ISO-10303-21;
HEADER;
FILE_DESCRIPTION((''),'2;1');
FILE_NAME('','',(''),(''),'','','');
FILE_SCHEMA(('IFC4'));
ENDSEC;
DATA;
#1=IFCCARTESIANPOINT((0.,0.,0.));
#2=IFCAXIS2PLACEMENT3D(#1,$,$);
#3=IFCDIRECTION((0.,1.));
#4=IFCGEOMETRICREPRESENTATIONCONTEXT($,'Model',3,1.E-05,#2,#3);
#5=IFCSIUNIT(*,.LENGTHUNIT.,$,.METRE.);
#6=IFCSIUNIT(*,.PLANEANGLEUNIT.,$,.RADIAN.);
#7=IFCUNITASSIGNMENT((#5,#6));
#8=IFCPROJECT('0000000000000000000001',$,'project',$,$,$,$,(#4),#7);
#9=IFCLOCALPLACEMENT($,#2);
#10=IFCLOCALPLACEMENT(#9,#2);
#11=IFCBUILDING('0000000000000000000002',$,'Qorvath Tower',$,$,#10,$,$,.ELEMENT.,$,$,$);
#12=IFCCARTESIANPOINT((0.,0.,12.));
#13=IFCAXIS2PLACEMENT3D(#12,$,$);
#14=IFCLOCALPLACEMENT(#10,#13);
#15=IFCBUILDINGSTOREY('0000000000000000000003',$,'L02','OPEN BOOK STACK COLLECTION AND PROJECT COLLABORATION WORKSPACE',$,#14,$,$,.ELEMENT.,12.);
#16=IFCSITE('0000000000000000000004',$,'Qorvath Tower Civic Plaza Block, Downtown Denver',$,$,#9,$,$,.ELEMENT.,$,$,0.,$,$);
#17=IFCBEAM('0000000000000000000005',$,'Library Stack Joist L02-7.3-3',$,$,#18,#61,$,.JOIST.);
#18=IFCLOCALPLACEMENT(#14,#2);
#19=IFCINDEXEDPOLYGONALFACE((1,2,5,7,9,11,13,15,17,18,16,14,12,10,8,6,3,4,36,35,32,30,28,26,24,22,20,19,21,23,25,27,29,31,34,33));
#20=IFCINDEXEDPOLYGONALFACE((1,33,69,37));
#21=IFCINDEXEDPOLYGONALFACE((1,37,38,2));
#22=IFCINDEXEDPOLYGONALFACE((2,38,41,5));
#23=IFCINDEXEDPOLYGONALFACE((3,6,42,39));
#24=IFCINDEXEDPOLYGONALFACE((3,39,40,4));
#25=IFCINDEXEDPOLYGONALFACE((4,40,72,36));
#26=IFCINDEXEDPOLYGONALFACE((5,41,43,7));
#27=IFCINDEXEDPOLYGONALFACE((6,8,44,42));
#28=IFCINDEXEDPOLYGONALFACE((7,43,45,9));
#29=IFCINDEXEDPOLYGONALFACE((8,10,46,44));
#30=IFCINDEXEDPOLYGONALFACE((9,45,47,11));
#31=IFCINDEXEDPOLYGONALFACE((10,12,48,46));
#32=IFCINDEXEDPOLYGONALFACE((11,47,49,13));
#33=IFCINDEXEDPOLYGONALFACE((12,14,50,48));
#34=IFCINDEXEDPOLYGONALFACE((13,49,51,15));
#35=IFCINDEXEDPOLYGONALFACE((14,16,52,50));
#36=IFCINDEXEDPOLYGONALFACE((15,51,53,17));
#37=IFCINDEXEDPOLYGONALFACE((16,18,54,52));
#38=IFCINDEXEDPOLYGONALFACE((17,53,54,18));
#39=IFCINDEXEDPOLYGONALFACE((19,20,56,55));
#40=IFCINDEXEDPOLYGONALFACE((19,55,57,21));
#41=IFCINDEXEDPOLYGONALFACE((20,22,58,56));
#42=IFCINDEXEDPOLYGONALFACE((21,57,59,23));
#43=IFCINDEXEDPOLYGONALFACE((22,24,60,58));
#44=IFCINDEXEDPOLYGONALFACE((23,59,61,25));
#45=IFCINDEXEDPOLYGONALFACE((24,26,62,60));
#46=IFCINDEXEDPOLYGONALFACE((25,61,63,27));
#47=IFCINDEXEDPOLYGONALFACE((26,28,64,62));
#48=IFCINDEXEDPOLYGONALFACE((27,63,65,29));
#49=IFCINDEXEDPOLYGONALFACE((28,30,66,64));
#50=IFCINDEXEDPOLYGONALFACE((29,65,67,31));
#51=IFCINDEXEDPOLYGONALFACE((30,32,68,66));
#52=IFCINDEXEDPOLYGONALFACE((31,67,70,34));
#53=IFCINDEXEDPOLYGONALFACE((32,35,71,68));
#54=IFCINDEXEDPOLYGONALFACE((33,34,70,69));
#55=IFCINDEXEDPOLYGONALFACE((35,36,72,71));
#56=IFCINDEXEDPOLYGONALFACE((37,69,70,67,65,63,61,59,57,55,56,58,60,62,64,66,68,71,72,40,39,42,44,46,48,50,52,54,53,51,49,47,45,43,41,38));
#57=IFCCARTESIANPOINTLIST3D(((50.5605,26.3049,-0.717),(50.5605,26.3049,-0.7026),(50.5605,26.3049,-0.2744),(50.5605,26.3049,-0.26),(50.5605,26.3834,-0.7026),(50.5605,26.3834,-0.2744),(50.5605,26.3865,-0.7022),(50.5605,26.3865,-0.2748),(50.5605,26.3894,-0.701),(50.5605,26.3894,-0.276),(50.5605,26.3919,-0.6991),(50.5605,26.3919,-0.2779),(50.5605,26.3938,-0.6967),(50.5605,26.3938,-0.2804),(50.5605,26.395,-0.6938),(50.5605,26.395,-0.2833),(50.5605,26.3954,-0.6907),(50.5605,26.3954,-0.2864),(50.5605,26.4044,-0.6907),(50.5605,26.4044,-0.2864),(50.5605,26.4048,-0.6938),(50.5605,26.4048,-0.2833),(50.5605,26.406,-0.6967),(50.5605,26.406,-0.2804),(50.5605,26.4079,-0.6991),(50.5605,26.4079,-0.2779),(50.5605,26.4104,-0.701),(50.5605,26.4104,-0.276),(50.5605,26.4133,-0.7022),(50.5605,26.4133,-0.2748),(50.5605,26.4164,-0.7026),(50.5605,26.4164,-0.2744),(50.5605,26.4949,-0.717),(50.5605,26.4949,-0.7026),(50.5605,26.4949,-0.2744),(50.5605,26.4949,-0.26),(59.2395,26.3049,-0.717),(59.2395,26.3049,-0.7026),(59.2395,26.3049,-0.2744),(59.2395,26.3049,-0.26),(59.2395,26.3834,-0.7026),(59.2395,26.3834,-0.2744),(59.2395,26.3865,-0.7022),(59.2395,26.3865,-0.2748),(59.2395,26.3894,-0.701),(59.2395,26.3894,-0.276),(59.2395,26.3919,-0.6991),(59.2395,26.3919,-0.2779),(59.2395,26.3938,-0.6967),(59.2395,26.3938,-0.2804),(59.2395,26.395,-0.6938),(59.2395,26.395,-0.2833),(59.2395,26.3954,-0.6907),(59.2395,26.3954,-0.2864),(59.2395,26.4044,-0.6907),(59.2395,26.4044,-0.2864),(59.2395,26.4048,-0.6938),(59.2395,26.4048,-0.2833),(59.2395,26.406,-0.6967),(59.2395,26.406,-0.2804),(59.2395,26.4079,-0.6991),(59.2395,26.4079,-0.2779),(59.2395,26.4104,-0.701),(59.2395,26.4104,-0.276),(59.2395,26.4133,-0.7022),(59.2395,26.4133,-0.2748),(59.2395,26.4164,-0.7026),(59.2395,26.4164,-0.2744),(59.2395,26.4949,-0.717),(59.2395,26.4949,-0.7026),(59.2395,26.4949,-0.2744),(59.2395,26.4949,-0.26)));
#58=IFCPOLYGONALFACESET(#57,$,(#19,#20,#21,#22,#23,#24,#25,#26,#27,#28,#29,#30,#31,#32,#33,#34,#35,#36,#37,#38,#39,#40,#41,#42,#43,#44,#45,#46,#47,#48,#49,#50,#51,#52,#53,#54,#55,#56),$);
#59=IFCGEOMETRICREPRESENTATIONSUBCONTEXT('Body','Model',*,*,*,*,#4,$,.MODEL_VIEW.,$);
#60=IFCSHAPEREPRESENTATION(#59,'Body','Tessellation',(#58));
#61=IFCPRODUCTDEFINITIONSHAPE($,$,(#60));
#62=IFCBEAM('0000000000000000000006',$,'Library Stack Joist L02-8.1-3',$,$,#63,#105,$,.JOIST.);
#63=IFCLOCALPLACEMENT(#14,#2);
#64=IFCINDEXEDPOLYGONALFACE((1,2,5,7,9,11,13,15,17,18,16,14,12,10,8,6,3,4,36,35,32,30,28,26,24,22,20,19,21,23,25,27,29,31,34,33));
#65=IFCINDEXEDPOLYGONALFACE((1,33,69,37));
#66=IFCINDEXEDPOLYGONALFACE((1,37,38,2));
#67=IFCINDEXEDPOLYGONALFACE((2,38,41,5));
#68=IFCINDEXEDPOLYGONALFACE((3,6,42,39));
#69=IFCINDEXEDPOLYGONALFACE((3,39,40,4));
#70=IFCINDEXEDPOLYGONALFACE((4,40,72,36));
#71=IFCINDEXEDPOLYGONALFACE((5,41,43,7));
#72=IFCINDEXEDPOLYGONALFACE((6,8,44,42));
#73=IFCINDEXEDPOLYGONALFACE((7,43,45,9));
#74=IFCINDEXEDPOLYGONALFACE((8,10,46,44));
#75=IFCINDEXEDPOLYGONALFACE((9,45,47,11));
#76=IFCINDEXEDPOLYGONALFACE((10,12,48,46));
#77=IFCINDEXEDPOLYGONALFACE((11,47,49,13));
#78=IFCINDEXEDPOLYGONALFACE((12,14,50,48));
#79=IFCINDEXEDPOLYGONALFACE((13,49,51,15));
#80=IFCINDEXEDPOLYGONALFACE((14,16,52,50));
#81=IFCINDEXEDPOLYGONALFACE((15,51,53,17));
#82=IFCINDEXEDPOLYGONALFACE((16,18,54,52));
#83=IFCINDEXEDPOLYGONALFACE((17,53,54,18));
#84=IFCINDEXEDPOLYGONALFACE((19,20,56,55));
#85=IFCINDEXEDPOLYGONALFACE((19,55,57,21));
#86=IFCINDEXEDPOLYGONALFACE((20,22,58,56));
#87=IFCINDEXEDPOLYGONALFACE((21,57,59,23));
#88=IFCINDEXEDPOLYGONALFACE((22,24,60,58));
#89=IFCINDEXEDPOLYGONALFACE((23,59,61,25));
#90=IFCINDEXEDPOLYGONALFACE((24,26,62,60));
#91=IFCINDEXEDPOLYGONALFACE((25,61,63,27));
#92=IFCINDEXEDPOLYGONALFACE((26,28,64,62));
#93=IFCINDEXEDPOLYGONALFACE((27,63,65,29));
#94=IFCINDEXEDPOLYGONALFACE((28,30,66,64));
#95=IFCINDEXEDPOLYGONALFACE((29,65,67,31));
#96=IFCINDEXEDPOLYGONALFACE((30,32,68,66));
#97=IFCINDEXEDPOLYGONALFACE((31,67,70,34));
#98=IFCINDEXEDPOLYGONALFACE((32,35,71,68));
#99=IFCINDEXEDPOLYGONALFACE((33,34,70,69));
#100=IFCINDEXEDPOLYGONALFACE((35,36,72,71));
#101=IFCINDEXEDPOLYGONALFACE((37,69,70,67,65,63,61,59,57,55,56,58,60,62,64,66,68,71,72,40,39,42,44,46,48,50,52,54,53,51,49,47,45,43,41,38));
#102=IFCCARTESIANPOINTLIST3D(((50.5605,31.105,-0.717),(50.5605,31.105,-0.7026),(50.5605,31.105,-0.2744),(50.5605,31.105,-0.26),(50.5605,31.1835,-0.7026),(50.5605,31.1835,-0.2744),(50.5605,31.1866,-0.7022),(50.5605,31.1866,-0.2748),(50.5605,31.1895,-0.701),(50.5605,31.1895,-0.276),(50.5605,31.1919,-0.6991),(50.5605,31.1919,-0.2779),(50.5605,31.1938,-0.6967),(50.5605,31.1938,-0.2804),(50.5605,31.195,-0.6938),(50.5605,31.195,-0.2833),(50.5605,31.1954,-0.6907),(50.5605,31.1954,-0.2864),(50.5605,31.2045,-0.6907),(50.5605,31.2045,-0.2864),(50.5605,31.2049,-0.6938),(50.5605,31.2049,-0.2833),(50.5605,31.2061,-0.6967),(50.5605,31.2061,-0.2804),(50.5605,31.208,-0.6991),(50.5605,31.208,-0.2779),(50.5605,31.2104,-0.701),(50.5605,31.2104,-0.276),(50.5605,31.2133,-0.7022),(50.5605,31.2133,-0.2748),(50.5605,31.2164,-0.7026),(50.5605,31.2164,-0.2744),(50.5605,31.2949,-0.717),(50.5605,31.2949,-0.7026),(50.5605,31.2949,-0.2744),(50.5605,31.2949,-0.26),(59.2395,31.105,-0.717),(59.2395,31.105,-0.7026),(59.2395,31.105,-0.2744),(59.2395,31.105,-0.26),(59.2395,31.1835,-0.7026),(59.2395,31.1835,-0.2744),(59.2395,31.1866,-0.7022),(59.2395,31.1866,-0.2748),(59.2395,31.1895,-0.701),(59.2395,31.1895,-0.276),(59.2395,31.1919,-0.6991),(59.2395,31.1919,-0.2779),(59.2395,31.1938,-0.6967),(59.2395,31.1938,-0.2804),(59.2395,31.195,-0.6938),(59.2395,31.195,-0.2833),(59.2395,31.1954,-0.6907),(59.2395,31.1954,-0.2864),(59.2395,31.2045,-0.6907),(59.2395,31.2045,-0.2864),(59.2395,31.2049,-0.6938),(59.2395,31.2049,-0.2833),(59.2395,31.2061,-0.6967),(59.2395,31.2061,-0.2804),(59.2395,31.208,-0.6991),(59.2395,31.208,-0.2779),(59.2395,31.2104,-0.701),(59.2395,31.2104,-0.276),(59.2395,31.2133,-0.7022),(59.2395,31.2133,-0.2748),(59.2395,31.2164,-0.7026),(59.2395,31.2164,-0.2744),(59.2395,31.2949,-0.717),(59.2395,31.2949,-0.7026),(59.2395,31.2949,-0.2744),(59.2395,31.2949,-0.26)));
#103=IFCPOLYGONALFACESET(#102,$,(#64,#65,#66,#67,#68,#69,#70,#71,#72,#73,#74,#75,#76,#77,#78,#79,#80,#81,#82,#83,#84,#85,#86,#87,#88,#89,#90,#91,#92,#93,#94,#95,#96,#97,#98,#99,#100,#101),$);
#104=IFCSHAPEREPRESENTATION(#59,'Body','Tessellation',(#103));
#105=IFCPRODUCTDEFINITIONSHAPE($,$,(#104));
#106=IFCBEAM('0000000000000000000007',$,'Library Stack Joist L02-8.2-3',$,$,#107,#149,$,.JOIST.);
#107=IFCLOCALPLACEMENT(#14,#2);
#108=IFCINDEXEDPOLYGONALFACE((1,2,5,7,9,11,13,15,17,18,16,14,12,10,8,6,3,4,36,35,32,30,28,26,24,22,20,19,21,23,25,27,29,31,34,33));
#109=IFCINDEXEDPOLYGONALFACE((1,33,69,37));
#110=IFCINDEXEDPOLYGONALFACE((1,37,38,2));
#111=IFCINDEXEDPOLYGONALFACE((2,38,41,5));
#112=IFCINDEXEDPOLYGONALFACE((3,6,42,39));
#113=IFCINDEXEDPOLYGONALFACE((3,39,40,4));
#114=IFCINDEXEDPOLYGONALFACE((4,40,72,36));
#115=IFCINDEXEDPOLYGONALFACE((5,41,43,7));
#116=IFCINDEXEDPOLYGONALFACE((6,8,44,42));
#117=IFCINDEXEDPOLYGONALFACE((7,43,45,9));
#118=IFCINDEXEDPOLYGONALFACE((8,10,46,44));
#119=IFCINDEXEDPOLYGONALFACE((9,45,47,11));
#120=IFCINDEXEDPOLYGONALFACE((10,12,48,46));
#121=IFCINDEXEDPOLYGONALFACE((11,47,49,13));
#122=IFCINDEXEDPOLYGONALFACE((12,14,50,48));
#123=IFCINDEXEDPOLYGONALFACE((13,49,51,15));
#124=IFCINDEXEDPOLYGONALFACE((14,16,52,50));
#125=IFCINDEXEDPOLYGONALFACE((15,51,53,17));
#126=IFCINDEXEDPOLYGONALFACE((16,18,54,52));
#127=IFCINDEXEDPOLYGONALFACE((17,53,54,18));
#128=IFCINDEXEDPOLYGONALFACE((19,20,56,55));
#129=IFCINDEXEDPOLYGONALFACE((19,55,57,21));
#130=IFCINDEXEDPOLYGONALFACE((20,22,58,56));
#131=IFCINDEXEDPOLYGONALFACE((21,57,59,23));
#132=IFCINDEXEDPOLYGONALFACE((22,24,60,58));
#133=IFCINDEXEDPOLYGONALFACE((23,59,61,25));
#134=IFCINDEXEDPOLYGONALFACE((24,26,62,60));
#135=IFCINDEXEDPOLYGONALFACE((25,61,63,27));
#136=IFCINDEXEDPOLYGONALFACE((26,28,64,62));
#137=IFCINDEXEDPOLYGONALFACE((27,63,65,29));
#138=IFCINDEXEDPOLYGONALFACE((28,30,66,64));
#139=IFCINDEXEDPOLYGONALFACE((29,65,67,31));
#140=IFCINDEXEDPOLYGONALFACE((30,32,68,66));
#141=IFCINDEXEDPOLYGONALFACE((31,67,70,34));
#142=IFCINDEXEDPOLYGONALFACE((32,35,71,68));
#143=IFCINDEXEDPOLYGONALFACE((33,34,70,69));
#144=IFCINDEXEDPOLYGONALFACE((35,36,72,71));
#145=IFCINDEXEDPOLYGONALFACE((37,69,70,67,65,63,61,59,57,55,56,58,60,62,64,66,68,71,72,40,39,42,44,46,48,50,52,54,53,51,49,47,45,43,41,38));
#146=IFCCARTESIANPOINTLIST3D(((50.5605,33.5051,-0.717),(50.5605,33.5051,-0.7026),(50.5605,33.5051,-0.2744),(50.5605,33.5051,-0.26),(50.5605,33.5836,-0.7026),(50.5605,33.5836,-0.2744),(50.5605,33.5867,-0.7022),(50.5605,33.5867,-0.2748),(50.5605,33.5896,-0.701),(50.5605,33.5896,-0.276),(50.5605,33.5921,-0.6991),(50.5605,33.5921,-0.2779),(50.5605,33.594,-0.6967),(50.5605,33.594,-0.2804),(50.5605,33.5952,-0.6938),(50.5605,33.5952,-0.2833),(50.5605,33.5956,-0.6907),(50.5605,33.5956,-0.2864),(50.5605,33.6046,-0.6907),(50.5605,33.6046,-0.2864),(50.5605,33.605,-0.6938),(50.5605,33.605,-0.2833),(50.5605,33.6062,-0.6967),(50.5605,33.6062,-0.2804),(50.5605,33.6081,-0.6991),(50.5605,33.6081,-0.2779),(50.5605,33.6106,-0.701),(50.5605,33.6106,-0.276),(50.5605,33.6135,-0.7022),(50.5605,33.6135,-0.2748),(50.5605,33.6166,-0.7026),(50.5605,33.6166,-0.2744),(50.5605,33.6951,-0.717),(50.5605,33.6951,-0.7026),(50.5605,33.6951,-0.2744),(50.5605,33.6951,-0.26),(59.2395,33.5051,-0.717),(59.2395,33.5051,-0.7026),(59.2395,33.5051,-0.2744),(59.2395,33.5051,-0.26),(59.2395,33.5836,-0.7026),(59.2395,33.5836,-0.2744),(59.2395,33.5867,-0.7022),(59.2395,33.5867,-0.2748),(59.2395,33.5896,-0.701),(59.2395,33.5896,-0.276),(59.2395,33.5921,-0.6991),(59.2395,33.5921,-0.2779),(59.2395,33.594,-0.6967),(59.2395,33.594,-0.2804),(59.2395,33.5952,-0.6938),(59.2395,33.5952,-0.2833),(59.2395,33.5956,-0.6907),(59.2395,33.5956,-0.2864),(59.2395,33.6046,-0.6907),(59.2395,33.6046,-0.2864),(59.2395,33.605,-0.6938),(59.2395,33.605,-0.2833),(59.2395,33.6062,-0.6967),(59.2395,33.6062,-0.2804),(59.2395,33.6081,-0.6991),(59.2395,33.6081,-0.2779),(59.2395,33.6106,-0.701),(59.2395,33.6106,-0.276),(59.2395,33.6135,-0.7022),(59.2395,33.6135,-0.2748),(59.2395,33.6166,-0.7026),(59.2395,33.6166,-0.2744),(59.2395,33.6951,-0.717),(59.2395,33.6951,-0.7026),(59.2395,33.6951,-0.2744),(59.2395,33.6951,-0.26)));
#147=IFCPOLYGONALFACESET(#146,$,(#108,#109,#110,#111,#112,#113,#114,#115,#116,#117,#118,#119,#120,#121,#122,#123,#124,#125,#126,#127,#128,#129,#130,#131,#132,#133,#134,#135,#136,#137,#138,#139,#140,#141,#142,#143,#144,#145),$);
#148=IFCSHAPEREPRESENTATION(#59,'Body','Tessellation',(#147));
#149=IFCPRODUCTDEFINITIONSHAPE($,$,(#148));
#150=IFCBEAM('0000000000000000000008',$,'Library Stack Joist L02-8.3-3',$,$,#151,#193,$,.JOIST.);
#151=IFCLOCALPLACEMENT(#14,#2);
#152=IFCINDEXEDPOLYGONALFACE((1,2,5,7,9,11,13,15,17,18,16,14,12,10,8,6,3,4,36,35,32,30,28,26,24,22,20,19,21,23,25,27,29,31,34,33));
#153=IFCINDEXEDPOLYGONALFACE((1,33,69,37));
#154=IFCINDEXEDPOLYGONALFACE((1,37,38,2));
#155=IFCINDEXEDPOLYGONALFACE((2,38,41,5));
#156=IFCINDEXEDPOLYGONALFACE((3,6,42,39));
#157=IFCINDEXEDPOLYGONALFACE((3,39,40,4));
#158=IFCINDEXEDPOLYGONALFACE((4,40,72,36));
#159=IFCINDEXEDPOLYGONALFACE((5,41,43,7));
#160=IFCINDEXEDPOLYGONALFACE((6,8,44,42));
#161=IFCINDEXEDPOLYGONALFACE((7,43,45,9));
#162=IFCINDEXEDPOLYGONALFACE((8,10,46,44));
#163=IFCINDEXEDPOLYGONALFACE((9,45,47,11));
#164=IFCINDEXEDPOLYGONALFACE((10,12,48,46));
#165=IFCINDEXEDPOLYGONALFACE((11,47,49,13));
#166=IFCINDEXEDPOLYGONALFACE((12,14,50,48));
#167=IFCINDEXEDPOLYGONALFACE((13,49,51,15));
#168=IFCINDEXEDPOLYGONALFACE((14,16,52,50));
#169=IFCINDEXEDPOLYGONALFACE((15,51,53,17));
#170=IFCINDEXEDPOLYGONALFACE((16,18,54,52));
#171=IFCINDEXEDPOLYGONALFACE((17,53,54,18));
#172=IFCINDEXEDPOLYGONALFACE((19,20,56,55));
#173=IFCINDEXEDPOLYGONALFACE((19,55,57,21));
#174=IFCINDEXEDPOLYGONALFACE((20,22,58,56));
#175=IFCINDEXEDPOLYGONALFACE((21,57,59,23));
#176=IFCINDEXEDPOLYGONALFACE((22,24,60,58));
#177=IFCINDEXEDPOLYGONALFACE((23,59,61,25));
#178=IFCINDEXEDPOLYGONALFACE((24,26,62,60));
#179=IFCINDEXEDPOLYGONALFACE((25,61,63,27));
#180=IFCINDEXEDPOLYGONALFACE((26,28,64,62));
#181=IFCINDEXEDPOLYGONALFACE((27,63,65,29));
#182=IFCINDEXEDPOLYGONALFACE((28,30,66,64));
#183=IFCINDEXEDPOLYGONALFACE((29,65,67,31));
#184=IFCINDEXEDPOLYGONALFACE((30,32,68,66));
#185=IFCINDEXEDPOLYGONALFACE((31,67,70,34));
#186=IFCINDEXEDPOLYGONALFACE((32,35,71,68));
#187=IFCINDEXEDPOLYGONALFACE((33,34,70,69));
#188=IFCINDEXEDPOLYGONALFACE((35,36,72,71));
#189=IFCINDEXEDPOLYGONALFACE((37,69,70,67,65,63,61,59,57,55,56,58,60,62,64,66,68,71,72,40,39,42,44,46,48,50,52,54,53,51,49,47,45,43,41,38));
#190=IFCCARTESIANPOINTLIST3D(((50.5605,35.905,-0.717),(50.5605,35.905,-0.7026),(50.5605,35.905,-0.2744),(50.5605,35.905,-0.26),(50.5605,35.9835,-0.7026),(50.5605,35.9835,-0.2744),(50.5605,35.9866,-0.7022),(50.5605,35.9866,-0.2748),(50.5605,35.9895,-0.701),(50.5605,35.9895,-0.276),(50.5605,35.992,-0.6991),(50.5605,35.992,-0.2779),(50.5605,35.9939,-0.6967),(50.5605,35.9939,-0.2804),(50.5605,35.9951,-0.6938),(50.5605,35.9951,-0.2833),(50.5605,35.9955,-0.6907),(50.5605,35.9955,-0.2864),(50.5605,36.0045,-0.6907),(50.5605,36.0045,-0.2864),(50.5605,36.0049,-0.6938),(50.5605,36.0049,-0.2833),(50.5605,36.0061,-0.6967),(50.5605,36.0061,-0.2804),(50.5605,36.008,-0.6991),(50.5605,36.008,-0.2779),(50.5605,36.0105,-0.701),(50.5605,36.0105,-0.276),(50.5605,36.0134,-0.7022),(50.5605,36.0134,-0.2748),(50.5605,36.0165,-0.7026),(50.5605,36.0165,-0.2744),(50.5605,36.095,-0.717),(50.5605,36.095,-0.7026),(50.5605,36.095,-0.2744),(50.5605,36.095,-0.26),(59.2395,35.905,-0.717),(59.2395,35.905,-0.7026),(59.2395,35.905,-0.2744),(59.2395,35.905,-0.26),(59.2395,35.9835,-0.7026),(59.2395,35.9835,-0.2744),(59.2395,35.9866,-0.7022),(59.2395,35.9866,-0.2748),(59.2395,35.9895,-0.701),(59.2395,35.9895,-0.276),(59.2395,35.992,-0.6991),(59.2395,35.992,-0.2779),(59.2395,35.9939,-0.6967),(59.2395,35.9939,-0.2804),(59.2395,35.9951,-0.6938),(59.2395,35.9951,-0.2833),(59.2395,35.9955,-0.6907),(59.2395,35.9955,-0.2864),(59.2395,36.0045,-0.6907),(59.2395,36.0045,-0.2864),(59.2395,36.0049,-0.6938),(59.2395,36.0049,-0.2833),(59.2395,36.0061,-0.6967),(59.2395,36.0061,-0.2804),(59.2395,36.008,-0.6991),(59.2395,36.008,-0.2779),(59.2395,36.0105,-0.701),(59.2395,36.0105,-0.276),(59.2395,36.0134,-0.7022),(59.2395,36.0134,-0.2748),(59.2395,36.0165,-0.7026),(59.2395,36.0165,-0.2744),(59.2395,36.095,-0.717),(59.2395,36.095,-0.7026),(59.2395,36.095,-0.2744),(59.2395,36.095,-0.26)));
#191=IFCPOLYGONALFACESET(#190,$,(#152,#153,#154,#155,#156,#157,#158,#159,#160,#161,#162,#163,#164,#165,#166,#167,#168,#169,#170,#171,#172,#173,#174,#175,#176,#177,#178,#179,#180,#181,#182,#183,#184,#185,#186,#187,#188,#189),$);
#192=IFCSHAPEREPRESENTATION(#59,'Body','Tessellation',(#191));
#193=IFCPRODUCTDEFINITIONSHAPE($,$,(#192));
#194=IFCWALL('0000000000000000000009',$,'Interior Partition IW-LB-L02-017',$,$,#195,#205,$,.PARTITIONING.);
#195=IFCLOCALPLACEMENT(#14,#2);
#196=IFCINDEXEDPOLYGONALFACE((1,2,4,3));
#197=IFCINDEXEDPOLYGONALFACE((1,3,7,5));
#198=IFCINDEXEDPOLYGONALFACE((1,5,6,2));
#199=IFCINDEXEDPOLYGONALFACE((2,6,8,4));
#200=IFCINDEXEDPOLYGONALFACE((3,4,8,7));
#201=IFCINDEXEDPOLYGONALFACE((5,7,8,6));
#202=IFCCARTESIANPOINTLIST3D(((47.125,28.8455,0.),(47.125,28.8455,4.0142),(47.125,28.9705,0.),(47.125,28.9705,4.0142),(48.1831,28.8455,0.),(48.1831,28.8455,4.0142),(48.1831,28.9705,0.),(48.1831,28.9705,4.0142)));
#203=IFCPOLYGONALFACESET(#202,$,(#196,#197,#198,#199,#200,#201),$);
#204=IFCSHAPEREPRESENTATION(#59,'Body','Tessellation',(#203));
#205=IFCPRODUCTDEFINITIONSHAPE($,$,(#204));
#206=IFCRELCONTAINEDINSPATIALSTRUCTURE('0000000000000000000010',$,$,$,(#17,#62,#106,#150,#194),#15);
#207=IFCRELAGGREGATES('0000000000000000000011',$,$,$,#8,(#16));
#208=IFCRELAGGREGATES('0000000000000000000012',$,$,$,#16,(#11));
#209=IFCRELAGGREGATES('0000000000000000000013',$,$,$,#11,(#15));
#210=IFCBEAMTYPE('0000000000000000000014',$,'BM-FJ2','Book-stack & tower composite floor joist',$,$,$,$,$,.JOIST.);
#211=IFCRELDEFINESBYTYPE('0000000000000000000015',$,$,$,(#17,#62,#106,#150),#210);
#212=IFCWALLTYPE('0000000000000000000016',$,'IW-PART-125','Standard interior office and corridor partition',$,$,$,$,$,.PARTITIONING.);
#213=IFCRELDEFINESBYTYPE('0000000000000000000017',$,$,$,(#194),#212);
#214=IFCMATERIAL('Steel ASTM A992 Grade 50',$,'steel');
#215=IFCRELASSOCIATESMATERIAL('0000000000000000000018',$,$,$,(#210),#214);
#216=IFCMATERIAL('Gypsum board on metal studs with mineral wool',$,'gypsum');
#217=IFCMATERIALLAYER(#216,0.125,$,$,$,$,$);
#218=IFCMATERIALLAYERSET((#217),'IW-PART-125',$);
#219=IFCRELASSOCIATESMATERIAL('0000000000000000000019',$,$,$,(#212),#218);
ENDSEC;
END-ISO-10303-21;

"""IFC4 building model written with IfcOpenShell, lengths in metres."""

from ifc_helpers import new_model, si_unit, direction, frame, frame_2d, origin, origin_2d, place, context, subcontext, project, spatial, rectangle, i_section, extrude, material, layer, layer_set, material_profile, profile_set, type_object, element, save


model = new_model("IFC4")

# Units and contexts
model_context = context("Model", 3, precision=1e-05, world=origin(), true_north=direction((0.0, 1.0)))
body_context = subcontext(model_context, "Body", "Model", "MODEL_VIEW")
ifc_project = project(units=[si_unit("LENGTHUNIT", "METRE"), si_unit("PLANEANGLEUNIT", "RADIAN")], contexts=[model_context])

# Site, building, storey
site_placement = place(None, origin())
site = spatial("IfcSite", under=ifc_project, at=site_placement, Name="Qorvath Tower Civic Plaza Block, Downtown Denver", CompositionType="ELEMENT", RefElevation=0.0)
building_placement = place(site_placement, origin())
building = spatial("IfcBuilding", under=site, at=building_placement, Name="Qorvath Tower", CompositionType="ELEMENT")
storey_placement = place(building_placement, frame((0.0, 0.0, 12.0)))
storey = spatial("IfcBuildingStorey", under=building, at=storey_placement, Name="L02", Description="OPEN BOOK STACK COLLECTION AND PROJECT COLLABORATION WORKSPACE", CompositionType="ELEMENT", Elevation=12.0)

# Beams
ifc_material_1 = material(Name="Steel ASTM A992 Grade 50", Category="steel")
ifc_material_profile_1 = material_profile(ifc_material_1, i_section(OverallWidth=0.1899, OverallDepth=0.457, WebThickness=0.009, FlangeThickness=0.0144, FilletRadius=0.012, at=origin_2d()), Name="W18x50")
ifc_profile_set_1 = profile_set([ifc_material_profile_1], Name="Steel ASTM A992 Grade 50")
beam_type_1 = type_object("IfcBeamType", Name="BM-FJ2", Description="Book-stack & tower composite floor joist", PredefinedType="JOIST", material=ifc_profile_set_1)
for number, where, z_axis, x_axis, name in (
    (1, (50.5605, 26.3999, -0.4885), (1.0, 0.0, 0.0), (0.0, 1.0, 0.0), "Library Stack Joist L02-7.3-3"),
    (2, (50.5605, 31.2, -0.4885), (1.0, 0.0, 0.0), (0.0, 1.0, 0.0), "Library Stack Joist L02-8.1-3"),
    (3, (50.5605, 33.6001, -0.4885), (1.0, 0.0, 0.0), (0.0, 1.0, 0.0), "Library Stack Joist L02-8.2-3"),
    (4, (50.5605, 36.0, -0.4885), (1.0, 0.0, 0.0), (0.0, 1.0, 0.0), "Library Stack Joist L02-8.3-3"),
):
    element("IfcBeam", number, at=place(storey_placement, frame(where, z_axis=z_axis, x_axis=x_axis)), inside=storey, type_object=beam_type_1, Name=name, PredefinedType="JOIST", context=body_context, shape_type="SweptSolid", body=[
        extrude(i_section(OverallWidth=0.1899, OverallDepth=0.457, WebThickness=0.009, FlangeThickness=0.0144, FilletRadius=0.012, at=origin_2d()), origin(), (0.0, 0.0, 1.0), 8.679),
    ])

# Wall
ifc_material_2 = material(Name="Gypsum board on metal studs with mineral wool", Category="gypsum")
ifc_layer_1 = layer(ifc_material_2, 0.125)
ifc_layer_set_1 = layer_set([ifc_layer_1], Name="IW-PART-125")
wall_type_1 = type_object("IfcWallType", Name="IW-PART-125", Description="Standard interior office and corridor partition", PredefinedType="PARTITIONING", material=ifc_layer_set_1)
wall_1_placement = place(storey_placement, frame((48.1831, 28.908, 0.0), z_axis=(0.0, 0.0, 1.0), x_axis=(-1.0, 0.0, 0.0)))
element("IfcWall", 5, at=wall_1_placement, inside=storey, type_object=wall_type_1, Name="Interior Partition IW-LB-L02-017", PredefinedType="PARTITIONING", context=body_context, shape_type="SweptSolid", body=[
    extrude(rectangle(XDim=1.0581, YDim=0.125, at=frame_2d((0.5291, 0.0))), origin(), (0.0, 0.0, 1.0), 4.0142),
])

save(model, "model.ifc")
